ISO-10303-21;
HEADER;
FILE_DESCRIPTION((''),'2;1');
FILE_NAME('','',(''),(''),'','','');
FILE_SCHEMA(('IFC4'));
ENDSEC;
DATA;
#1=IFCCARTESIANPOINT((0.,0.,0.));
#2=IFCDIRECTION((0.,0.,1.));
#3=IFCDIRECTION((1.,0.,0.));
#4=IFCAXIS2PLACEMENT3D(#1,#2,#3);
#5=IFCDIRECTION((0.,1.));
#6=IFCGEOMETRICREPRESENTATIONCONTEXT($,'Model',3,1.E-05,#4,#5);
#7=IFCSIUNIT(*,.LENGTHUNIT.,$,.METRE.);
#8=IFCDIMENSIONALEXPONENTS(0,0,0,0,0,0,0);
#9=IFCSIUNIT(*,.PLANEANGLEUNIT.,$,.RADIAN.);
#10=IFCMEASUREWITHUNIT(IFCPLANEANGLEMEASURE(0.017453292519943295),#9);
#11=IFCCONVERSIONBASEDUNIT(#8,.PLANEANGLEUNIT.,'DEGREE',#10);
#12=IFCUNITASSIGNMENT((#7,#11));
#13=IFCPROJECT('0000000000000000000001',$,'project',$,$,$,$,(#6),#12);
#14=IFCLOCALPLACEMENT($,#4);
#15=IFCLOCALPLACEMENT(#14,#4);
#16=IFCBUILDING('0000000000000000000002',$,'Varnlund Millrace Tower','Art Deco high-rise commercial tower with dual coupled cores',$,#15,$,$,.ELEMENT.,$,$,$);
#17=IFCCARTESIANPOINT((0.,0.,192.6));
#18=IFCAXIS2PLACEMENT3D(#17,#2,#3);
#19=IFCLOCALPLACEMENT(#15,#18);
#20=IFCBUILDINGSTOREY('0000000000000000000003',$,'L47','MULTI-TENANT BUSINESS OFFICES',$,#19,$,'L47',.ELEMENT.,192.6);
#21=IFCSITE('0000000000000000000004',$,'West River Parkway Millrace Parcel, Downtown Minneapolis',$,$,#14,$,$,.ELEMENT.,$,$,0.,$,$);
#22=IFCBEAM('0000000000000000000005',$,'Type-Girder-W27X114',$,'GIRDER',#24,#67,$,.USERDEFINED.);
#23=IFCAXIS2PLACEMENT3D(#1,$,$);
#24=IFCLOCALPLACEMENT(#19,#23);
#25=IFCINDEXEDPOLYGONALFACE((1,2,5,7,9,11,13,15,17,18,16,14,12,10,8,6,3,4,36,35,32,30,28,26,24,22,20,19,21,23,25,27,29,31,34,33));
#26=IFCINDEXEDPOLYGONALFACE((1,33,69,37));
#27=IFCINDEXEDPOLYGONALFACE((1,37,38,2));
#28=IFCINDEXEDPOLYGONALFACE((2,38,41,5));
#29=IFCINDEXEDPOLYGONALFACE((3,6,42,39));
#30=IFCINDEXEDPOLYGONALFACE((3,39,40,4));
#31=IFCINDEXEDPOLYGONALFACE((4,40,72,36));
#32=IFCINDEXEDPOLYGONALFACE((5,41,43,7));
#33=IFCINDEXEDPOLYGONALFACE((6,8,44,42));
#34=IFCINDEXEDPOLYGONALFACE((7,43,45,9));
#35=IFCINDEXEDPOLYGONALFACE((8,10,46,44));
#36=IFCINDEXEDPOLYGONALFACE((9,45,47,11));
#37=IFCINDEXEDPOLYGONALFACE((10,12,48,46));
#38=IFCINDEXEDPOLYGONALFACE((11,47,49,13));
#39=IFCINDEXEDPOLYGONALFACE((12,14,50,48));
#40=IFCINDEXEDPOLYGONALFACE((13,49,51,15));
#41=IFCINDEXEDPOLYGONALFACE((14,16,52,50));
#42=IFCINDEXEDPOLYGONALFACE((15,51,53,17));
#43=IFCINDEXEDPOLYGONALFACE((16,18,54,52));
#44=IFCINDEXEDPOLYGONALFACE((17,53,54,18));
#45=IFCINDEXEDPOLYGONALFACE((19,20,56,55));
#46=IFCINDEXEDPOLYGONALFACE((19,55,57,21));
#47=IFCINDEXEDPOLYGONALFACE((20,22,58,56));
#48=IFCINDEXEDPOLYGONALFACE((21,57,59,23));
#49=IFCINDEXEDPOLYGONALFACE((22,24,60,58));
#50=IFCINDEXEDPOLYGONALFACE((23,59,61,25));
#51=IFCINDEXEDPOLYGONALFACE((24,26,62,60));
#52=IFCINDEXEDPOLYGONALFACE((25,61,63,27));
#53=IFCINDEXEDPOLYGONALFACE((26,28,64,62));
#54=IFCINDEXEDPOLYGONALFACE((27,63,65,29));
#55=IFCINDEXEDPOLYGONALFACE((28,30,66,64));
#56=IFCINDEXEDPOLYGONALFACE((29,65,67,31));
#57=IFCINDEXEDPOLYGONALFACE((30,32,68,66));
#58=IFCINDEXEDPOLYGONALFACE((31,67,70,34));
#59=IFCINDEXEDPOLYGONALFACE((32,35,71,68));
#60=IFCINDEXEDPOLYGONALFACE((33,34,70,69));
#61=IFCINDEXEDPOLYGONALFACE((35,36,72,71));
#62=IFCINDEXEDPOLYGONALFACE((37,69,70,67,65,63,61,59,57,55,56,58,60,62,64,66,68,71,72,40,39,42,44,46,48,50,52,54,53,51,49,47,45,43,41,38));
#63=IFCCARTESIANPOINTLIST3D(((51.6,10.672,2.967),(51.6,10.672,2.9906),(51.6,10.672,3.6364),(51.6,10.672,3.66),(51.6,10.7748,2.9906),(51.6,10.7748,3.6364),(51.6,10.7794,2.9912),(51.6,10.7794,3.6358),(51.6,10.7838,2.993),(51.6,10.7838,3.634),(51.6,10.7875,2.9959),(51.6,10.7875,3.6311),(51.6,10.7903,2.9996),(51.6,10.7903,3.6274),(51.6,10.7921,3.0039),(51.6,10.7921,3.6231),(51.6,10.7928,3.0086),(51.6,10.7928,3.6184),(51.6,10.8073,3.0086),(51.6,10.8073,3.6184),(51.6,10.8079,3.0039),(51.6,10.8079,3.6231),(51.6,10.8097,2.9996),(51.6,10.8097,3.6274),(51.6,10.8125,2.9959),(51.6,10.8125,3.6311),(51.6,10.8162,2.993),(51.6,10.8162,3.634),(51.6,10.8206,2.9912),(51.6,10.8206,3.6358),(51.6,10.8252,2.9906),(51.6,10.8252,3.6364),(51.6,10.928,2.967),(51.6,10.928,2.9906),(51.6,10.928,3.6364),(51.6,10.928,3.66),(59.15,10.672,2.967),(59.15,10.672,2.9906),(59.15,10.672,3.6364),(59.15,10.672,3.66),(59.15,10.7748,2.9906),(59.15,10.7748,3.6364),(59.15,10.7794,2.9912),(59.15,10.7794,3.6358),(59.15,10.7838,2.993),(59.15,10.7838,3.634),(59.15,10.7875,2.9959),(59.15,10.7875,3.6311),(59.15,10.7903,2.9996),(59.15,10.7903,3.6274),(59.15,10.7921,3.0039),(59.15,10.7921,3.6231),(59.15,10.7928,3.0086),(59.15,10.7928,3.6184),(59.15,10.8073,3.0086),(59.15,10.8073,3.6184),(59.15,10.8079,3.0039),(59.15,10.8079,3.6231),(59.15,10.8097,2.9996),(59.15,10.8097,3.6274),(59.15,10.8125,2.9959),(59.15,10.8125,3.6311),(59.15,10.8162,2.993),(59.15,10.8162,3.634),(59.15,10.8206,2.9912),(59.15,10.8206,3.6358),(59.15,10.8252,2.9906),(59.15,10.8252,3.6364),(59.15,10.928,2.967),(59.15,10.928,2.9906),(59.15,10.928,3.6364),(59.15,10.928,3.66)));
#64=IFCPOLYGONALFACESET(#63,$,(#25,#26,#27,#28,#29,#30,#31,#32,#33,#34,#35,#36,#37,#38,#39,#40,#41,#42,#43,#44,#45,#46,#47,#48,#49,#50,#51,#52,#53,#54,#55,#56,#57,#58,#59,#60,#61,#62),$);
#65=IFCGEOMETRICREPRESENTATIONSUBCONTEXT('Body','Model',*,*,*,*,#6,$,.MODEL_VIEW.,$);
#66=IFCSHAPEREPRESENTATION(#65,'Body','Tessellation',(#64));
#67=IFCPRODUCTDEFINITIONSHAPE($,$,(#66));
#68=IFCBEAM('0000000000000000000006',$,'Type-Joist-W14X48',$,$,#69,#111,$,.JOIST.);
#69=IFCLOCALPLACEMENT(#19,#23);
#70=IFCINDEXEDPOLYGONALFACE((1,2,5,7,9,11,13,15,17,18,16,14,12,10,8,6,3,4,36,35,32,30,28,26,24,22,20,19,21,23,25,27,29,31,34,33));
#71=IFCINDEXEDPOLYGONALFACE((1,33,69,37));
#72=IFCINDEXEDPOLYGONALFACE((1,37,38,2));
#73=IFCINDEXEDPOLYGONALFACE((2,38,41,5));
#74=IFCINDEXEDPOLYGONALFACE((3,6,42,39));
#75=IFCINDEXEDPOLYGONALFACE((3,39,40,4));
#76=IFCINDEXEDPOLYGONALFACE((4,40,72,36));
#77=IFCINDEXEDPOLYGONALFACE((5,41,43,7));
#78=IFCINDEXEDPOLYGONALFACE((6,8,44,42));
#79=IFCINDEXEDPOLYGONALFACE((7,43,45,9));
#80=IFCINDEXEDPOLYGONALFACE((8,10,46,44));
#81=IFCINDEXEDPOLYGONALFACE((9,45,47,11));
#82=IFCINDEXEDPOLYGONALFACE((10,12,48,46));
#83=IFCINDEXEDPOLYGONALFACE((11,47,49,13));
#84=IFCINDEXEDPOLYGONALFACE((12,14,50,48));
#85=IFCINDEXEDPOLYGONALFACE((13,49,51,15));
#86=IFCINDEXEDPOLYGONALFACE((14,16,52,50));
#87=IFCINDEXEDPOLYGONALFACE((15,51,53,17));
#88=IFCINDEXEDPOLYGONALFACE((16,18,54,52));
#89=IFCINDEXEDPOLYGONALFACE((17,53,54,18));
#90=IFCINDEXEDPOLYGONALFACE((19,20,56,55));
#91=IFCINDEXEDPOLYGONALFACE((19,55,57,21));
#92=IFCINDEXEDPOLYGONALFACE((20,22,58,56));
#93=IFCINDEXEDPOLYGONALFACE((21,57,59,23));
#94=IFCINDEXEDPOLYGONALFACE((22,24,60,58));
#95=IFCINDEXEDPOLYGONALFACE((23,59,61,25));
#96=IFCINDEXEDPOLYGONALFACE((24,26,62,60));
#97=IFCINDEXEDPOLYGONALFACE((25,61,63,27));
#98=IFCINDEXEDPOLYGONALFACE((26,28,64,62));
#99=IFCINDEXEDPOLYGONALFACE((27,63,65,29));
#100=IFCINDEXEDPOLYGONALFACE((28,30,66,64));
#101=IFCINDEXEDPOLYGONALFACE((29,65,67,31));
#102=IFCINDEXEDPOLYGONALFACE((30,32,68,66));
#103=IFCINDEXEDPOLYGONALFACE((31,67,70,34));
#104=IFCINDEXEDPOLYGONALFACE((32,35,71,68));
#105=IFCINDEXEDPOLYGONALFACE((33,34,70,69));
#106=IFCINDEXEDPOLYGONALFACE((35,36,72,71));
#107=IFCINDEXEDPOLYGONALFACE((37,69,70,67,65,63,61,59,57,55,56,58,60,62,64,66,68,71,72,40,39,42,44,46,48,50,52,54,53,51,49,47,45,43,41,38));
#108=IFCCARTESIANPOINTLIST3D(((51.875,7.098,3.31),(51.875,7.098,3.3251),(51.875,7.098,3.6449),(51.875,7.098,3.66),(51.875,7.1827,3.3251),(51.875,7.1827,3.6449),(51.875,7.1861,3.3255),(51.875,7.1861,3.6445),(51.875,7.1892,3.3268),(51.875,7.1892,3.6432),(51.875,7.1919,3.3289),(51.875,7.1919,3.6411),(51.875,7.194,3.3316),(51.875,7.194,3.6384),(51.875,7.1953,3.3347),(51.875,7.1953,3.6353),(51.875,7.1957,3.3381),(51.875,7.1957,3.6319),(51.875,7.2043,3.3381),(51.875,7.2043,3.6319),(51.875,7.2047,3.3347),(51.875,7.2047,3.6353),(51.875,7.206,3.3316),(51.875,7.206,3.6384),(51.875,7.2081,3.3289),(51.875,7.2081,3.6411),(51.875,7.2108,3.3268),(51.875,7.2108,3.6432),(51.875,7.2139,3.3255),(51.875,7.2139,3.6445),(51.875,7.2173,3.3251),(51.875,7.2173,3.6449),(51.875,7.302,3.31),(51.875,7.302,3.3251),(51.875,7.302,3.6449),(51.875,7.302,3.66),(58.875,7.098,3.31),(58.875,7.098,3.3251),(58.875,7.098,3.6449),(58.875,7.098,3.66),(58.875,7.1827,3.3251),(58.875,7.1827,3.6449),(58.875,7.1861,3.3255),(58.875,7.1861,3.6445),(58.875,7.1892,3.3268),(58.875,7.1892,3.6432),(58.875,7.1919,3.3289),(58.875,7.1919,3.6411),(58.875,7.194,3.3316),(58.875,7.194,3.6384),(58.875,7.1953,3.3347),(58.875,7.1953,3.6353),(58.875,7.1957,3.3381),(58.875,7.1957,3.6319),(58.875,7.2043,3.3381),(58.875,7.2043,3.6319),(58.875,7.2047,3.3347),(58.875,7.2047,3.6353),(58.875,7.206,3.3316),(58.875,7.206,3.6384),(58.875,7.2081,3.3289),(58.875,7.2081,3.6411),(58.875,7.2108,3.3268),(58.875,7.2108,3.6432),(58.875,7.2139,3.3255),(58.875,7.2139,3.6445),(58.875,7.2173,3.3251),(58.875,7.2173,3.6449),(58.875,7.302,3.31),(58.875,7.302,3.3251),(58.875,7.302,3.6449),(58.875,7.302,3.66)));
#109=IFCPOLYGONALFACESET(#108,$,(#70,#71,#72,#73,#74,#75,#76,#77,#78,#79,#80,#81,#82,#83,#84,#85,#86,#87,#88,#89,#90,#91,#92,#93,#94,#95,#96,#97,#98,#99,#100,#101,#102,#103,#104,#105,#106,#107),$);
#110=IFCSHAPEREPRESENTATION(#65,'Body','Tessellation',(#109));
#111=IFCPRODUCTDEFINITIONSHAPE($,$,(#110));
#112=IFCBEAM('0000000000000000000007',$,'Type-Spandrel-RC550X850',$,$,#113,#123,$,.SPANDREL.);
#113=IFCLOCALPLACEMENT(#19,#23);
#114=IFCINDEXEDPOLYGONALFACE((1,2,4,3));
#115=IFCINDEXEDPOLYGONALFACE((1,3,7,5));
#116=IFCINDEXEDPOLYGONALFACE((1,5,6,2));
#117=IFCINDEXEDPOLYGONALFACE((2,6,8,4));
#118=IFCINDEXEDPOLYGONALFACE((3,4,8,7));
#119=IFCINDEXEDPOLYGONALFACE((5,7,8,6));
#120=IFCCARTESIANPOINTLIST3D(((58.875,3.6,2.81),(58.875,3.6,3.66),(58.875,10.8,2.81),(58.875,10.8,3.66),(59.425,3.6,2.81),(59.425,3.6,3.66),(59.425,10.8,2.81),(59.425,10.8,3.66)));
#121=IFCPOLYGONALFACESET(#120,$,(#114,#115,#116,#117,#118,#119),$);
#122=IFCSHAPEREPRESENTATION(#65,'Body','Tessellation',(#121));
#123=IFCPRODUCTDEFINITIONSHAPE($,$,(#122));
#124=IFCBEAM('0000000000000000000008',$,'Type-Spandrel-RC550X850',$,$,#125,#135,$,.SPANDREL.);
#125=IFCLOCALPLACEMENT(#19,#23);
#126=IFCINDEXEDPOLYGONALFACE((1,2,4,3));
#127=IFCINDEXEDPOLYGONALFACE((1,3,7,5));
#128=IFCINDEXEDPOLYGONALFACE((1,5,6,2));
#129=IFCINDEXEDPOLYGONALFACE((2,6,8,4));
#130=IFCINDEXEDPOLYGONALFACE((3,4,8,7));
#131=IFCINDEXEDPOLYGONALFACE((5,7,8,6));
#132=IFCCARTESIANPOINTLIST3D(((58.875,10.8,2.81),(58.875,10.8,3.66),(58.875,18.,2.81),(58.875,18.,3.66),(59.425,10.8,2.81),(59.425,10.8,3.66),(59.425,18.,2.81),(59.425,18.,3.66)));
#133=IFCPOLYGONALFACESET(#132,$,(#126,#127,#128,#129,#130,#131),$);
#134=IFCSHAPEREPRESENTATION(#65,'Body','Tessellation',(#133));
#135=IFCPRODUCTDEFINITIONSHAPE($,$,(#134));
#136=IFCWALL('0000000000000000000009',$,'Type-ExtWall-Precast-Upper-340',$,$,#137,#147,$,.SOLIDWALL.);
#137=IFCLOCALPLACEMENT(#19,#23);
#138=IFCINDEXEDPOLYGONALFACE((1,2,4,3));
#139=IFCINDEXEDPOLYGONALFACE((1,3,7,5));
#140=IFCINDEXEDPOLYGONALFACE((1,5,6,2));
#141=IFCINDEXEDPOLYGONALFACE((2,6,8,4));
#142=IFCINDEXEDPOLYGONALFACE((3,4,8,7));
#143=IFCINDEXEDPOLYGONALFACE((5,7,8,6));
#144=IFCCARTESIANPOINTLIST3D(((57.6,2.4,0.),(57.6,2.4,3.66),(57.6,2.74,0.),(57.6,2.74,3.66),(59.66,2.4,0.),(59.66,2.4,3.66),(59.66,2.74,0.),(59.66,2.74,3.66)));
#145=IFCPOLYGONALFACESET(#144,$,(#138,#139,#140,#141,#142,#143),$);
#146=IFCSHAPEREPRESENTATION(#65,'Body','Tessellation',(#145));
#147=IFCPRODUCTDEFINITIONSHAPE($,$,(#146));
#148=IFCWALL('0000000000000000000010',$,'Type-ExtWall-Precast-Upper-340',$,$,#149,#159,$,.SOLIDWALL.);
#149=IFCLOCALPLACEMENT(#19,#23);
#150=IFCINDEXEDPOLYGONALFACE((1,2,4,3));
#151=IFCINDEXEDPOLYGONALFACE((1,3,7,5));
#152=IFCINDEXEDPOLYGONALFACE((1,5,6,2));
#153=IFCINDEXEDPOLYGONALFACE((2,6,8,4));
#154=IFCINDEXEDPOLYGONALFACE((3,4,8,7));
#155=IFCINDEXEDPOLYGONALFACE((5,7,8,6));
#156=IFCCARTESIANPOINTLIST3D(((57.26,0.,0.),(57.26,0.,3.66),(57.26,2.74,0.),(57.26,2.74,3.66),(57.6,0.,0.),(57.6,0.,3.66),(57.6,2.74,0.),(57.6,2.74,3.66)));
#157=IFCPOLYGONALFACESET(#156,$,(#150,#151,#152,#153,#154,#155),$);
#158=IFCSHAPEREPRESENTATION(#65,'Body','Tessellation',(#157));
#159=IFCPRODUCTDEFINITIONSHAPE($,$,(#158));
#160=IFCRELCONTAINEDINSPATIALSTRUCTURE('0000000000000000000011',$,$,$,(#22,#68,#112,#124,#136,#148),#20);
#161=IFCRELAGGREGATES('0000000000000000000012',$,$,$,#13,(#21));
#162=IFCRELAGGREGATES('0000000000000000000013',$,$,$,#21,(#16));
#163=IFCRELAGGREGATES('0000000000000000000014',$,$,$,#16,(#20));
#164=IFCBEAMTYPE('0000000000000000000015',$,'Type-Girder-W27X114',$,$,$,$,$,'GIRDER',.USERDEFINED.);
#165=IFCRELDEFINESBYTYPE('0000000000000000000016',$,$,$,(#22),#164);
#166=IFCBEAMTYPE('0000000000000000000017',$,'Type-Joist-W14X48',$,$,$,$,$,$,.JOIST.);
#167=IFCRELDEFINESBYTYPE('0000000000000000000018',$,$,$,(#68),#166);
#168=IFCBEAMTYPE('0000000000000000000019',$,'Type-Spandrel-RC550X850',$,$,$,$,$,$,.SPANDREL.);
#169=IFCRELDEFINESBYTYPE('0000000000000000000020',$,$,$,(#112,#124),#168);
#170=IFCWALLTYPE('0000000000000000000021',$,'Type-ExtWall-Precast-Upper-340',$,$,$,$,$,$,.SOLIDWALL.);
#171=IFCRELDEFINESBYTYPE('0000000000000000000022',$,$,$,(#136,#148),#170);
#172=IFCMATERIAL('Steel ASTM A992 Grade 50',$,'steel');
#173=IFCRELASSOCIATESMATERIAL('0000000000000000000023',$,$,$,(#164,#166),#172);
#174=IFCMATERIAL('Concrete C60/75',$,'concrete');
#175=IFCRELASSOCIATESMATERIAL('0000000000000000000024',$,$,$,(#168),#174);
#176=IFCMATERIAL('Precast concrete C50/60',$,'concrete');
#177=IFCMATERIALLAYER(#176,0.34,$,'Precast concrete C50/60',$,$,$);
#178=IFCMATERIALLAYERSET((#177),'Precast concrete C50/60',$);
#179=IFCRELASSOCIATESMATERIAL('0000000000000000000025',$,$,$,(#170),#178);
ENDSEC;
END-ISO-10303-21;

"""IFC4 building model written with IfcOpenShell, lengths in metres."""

from ifc_helpers import new_model, entity, si_unit, converted_unit, direction, frame, origin_with_axes, origin_2d_with_axis, place, context, subcontext, project, spatial, polyline, rectangle, i_section, outline, extrude, material, layer, layer_set, material_profile, profile_set, type_object, element, save


model = new_model("IFC4")

# Units and contexts
model_context = context("Model", 3, precision=1e-05, world=origin_with_axes(), true_north=direction((0.0, 1.0)))
body_context = subcontext(model_context, "Body", "Model", "MODEL_VIEW")
ifc_project = project(units=[si_unit("LENGTHUNIT", "METRE"), converted_unit("PLANEANGLEUNIT", "DEGREE", entity("IfcPlaneAngleMeasure", 0.017453292519943295), si_unit("PLANEANGLEUNIT", "RADIAN"), dimensions=[0, 0, 0, 0, 0, 0, 0])], contexts=[model_context])

# Site, building, storey
site_placement = place(None, origin_with_axes())
site = spatial("IfcSite", under=ifc_project, at=site_placement, Name="West River Parkway Millrace Parcel, Downtown Minneapolis", CompositionType="ELEMENT", RefElevation=0.0)
building_placement = place(site_placement, origin_with_axes())
building = spatial("IfcBuilding", under=site, at=building_placement, Name="Varnlund Millrace Tower", Description="Art Deco high-rise commercial tower with dual coupled cores", CompositionType="ELEMENT")
storey_placement = place(building_placement, frame((0.0, 0.0, 192.6), z_axis=(0.0, 0.0, 1.0), x_axis=(1.0, 0.0, 0.0)))
storey = spatial("IfcBuildingStorey", under=building, at=storey_placement, Name="L47", Description="MULTI-TENANT BUSINESS OFFICES", LongName="L47", CompositionType="ELEMENT", Elevation=192.6)

# Beams
ifc_material_1 = material(Name="Steel ASTM A992 Grade 50", Category="steel")
ifc_material_profile_1 = material_profile(ifc_material_1, i_section(OverallWidth=0.256, OverallDepth=0.693, WebThickness=0.0145, FlangeThickness=0.0236, FilletRadius=0.018, at=origin_2d_with_axis()), Name="Steel ASTM A992 Grade 50")
ifc_profile_set_1 = profile_set([ifc_material_profile_1], Name="Steel ASTM A992 Grade 50")
beam_type_1 = type_object("IfcBeamType", Name="Type-Girder-W27X114", ElementType="GIRDER", PredefinedType="USERDEFINED", material=ifc_profile_set_1)
beam_1_placement = place(storey_placement, frame((51.6, 10.8, 3.3135), z_axis=(1.0, 0.0, 0.0), x_axis=(0.0, 1.0, 0.0)))
element("IfcBeam", 1, at=beam_1_placement, inside=storey, type_object=beam_type_1, Name="Type-Girder-W27X114", ObjectType="GIRDER", PredefinedType="USERDEFINED", context=body_context, shape_type="SweptSolid", body=[
    extrude(i_section(OverallWidth=0.256, OverallDepth=0.693, WebThickness=0.0145, FlangeThickness=0.0236, FilletRadius=0.018, at=origin_2d_with_axis()), origin_with_axes(), (0.0, 0.0, 1.0), 7.55),
])
ifc_material_profile_2 = material_profile(ifc_material_1, i_section(OverallWidth=0.204, OverallDepth=0.35, WebThickness=0.0086, FlangeThickness=0.0151, FilletRadius=0.013, at=origin_2d_with_axis()), Name="Steel ASTM A992 Grade 50")
ifc_profile_set_2 = profile_set([ifc_material_profile_2], Name="Steel ASTM A992 Grade 50")
beam_type_2 = type_object("IfcBeamType", Name="Type-Joist-W14X48", PredefinedType="JOIST", material=ifc_profile_set_2)
beam_2_placement = place(storey_placement, frame((51.875, 7.2, 3.485), z_axis=(1.0, 0.0, 0.0), x_axis=(0.0, 1.0, 0.0)))
element("IfcBeam", 2, at=beam_2_placement, inside=storey, type_object=beam_type_2, Name="Type-Joist-W14X48", PredefinedType="JOIST", context=body_context, shape_type="SweptSolid", body=[
    extrude(i_section(OverallWidth=0.204, OverallDepth=0.35, WebThickness=0.0086, FlangeThickness=0.0151, FilletRadius=0.013, at=origin_2d_with_axis()), origin_with_axes(), (0.0, 0.0, 1.0), 7.0),
])
ifc_material_2 = material(Name="Concrete C60/75", Category="concrete")
ifc_material_profile_3 = material_profile(ifc_material_2, rectangle(XDim=0.55, YDim=0.85, at=origin_2d_with_axis()), Name="Concrete C60/75")
ifc_profile_set_3 = profile_set([ifc_material_profile_3], Name="Concrete C60/75")
beam_type_3 = type_object("IfcBeamType", Name="Type-Spandrel-RC550X850", PredefinedType="SPANDREL", material=ifc_profile_set_3)
for number, where, z_axis, x_axis, name in (
    (3, (59.15, 3.6, 3.235), (0.0, 1.0, 0.0), (-1.0, 0.0, 0.0), "Type-Spandrel-RC550X850"),
    (4, (59.15, 10.8, 3.235), (0.0, 1.0, 0.0), (-1.0, 0.0, 0.0), "Type-Spandrel-RC550X850"),
):
    element("IfcBeam", number, at=place(storey_placement, frame(where, z_axis=z_axis, x_axis=x_axis)), inside=storey, type_object=beam_type_3, Name=name, PredefinedType="SPANDREL", context=body_context, shape_type="SweptSolid", body=[
        extrude(rectangle(XDim=0.55, YDim=0.85, at=origin_2d_with_axis()), origin_with_axes(), (0.0, 0.0, 1.0), 7.2),
    ])

# Walls
ifc_material_3 = material(Name="Precast concrete C50/60", Category="concrete")
ifc_layer_1 = layer(ifc_material_3, 0.34, Name="Precast concrete C50/60")
ifc_layer_set_1 = layer_set([ifc_layer_1], Name="Precast concrete C50/60")
wall_type_1 = type_object("IfcWallType", Name="Type-ExtWall-Precast-Upper-340", PredefinedType="SOLIDWALL", material=ifc_layer_set_1)
wall_1_placement = place(storey_placement, frame((59.66, 2.57, 0.0), z_axis=(0.0, 0.0, 1.0), x_axis=(-1.0, 0.0, 0.0)))
element("IfcWall", 5, at=wall_1_placement, inside=storey, type_object=wall_type_1, Name="Type-ExtWall-Precast-Upper-340", PredefinedType="SOLIDWALL", context=body_context, shape_type="SweptSolid", body=[
    extrude(outline(polyline([(0.0, -0.17), (2.06, -0.17), (2.06, 0.17), (0.0, 0.17), (0.0, -0.17)])), origin_with_axes(), (0.0, 0.0, 1.0), 3.66),
])
wall_2_placement = place(storey_placement, frame((57.43, 2.74, 0.0), z_axis=(0.0, 0.0, 1.0), x_axis=(0.0, -1.0, 0.0)))
element("IfcWall", 6, at=wall_2_placement, inside=storey, type_object=wall_type_1, Name="Type-ExtWall-Precast-Upper-340", PredefinedType="SOLIDWALL", context=body_context, shape_type="SweptSolid", body=[
    extrude(outline(polyline([(0.0, -0.17), (2.74, -0.17), (2.74, 0.17), (0.0, 0.17), (0.0, -0.17)])), origin_with_axes(), (0.0, 0.0, 1.0), 3.66),
])

save(model, "model.ifc")
